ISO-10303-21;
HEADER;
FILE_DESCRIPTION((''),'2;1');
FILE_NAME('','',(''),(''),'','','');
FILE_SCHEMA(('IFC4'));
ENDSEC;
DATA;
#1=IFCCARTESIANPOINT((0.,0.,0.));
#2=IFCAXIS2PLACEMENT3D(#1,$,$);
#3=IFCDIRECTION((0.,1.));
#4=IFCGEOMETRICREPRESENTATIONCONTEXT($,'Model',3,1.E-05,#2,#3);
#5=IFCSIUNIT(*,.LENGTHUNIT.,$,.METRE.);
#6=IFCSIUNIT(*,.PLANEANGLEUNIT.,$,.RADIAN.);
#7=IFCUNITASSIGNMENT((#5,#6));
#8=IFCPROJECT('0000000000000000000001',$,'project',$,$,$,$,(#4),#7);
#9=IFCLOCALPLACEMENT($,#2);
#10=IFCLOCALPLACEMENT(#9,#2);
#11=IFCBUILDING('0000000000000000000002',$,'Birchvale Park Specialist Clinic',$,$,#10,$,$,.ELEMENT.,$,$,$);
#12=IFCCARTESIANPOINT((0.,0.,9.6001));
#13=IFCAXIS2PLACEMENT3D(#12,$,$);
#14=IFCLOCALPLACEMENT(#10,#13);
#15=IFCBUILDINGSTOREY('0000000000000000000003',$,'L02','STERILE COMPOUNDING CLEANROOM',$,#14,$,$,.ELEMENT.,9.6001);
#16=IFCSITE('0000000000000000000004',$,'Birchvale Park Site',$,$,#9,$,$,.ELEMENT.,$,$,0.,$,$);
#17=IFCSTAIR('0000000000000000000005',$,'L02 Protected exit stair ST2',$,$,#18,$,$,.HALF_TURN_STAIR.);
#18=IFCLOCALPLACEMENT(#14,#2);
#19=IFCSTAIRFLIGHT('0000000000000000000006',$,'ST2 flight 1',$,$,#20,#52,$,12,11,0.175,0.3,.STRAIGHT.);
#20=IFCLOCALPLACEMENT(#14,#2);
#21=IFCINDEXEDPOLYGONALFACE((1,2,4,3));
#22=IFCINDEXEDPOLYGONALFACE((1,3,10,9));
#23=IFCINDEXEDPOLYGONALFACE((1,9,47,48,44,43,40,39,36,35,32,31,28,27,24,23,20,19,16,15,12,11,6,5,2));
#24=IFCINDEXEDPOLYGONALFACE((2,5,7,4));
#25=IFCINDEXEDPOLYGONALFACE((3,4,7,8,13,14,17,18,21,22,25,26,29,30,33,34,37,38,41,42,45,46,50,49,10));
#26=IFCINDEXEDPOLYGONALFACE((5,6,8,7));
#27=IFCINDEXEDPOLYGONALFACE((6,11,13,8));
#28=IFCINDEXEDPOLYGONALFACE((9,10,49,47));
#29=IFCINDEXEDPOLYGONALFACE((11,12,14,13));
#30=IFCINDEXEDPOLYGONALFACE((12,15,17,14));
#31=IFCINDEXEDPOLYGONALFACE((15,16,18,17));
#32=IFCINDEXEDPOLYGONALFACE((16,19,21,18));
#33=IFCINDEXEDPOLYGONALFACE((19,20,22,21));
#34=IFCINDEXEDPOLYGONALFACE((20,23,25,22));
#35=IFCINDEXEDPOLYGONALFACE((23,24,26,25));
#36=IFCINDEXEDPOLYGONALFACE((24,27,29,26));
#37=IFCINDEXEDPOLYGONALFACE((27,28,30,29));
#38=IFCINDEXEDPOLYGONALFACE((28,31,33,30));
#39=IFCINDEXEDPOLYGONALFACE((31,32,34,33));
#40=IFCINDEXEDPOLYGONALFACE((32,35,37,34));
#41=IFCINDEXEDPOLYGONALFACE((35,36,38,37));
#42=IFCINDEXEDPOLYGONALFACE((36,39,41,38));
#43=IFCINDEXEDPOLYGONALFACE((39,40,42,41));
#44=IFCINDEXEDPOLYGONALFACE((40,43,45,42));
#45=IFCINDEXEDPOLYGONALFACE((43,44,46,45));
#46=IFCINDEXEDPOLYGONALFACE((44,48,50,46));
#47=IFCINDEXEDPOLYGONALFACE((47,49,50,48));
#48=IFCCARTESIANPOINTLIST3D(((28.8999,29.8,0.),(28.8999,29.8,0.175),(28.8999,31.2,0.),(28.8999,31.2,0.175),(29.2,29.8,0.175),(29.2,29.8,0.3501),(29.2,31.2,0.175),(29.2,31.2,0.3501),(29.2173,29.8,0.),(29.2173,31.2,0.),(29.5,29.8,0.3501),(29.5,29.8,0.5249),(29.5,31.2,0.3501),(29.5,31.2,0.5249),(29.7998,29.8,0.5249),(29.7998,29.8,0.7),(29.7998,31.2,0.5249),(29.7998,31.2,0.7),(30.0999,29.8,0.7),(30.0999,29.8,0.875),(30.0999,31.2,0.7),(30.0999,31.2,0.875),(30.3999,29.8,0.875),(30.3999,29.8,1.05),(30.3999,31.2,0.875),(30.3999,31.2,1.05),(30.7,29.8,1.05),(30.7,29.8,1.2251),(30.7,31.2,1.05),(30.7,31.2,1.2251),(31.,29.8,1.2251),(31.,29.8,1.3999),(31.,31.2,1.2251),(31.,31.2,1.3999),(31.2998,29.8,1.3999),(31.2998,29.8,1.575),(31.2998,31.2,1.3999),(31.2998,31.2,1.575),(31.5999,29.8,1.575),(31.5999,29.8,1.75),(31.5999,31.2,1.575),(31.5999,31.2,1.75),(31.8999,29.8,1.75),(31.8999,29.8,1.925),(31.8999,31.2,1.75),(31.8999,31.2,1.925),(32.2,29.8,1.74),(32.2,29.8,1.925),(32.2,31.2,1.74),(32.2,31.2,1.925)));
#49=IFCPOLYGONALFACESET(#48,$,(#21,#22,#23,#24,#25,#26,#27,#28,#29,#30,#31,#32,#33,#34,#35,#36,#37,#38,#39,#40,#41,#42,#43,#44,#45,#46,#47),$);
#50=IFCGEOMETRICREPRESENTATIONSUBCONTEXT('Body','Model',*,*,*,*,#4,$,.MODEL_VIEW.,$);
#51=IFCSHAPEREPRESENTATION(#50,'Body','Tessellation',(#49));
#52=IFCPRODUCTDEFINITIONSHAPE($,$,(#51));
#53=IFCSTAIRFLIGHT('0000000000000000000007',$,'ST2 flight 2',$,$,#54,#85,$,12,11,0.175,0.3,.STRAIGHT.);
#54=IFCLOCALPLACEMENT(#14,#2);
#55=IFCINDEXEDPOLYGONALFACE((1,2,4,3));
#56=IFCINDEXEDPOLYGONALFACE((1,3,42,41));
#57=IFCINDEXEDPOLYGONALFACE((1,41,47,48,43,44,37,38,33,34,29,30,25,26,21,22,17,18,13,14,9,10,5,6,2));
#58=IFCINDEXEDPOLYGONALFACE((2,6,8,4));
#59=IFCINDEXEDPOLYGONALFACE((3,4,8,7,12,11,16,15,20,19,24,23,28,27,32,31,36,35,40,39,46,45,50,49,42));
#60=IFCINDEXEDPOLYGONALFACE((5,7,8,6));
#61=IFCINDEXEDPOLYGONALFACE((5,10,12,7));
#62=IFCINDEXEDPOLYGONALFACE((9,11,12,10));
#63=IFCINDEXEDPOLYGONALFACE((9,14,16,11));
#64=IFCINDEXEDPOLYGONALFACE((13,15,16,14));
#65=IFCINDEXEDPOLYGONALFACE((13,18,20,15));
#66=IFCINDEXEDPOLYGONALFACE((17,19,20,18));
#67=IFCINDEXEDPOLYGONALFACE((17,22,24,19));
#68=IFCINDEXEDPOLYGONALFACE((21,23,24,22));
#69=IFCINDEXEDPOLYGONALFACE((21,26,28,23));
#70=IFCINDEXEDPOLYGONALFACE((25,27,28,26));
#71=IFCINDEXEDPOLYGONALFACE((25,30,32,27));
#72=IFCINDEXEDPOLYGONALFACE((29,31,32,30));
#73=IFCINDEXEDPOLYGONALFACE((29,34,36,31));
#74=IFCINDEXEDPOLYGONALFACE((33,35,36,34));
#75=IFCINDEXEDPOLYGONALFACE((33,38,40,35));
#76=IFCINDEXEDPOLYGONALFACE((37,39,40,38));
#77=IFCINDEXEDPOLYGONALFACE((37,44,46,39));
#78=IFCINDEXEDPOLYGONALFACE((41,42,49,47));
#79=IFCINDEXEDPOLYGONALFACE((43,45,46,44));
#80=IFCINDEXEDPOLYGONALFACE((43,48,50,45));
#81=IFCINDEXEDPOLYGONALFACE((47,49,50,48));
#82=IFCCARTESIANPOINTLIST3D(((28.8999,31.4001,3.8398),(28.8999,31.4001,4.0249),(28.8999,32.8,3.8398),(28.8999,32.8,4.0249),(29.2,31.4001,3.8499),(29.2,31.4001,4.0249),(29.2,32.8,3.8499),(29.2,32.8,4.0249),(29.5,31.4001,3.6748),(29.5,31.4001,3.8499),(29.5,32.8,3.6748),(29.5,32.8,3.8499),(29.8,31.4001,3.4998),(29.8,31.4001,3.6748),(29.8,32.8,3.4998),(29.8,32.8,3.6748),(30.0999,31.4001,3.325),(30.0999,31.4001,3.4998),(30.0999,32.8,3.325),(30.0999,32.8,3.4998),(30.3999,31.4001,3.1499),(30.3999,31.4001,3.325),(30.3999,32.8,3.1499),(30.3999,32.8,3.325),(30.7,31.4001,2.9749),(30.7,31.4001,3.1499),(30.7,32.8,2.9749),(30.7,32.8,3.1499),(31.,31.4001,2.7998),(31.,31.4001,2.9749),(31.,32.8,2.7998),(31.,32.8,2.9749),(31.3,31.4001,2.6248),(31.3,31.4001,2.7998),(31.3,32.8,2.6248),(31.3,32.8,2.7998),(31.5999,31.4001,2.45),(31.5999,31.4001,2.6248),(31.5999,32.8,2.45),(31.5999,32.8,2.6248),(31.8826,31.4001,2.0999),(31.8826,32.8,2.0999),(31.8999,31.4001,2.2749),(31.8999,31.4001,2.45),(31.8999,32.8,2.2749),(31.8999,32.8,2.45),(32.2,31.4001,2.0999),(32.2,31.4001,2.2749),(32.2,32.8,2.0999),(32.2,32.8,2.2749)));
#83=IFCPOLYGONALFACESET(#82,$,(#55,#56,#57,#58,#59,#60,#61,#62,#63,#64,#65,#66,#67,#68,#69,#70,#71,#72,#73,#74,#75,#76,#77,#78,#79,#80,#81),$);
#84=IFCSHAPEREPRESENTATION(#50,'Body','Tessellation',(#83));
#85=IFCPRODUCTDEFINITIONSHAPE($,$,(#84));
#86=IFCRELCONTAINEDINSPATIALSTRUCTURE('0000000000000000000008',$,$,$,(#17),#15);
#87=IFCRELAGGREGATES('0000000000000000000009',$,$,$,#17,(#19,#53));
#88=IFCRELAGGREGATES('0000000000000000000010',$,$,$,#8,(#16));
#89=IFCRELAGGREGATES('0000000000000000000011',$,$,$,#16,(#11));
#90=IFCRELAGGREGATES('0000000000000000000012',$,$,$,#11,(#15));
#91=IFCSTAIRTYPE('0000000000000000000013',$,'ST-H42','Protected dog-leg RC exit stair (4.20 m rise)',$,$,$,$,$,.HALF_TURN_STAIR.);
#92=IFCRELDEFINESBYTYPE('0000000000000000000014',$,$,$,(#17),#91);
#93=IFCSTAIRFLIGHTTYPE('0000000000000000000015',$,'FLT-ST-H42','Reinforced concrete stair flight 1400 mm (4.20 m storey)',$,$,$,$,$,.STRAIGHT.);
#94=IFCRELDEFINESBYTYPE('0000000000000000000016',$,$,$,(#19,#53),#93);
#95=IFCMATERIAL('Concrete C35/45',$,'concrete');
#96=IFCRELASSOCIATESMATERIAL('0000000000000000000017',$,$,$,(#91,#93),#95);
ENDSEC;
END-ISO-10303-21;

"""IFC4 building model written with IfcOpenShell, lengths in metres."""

from ifc_helpers import new_model, si_unit, direction, frame, origin, place, context, subcontext, project, spatial, polyline, outline, extrude, material, type_object, element, aggregate, save


model = new_model("IFC4")

# Units and contexts
model_context = context("Model", 3, precision=1e-05, world=origin(), true_north=direction((0.0, 1.0)))
body_context = subcontext(model_context, "Body", "Model", "MODEL_VIEW")
ifc_project = project(units=[si_unit("LENGTHUNIT", "METRE"), si_unit("PLANEANGLEUNIT", "RADIAN")], contexts=[model_context])

# Site, building, storey
site_placement = place(None, origin())
site = spatial("IfcSite", under=ifc_project, at=site_placement, Name="Birchvale Park Site", CompositionType="ELEMENT", RefElevation=0.0)
building_placement = place(site_placement, origin())
building = spatial("IfcBuilding", under=site, at=building_placement, Name="Birchvale Park Specialist Clinic", CompositionType="ELEMENT")
storey_placement = place(building_placement, frame((0.0, 0.0, 9.6001)))
storey = spatial("IfcBuildingStorey", under=building, at=storey_placement, Name="L02", Description="STERILE COMPOUNDING CLEANROOM", CompositionType="ELEMENT", Elevation=9.6001)

# Stair, stair flights
ifc_material_1 = material(Name="Concrete C35/45", Category="concrete")
stair_type = type_object("IfcStairType", Name="ST-H42", Description="Protected dog-leg RC exit stair (4.20 m rise)", PredefinedType="HALF_TURN_STAIR", material=ifc_material_1)
stair_placement = place(storey_placement, origin())
stair = element("IfcStair", 1, at=stair_placement, inside=storey, type_object=stair_type, Name="L02 Protected exit stair ST2", PredefinedType="HALF_TURN_STAIR")
stair_flight_type = type_object("IfcStairFlightType", Name="FLT-ST-H42", Description="Reinforced concrete stair flight 1400 mm (4.20 m storey)", PredefinedType="STRAIGHT", material=ifc_material_1)
stair_flight_1_placement = place(storey_placement, frame((28.8999, 30.5, 0.0), z_axis=(0.0, 0.0, 1.0), x_axis=(1.0, 0.0, 0.0)))
stair_flight_1 = element("IfcStairFlight", 2, at=stair_flight_1_placement, type_object=stair_flight_type, Name="ST2 flight 1", NumberOfRisers=12, NumberOfTreads=11, PredefinedType="STRAIGHT", RiserHeight=0.175, TreadLength=0.3, context=body_context, shape_type="SweptSolid", body=[
    extrude(outline(polyline([(0.0, 0.0), (0.0, 0.175), (0.3, 0.175), (0.3, 0.3501), (0.6001, 0.3501), (0.6001, 0.5249), (0.8999, 0.5249), (0.8999, 0.7), (1.2, 0.7), (1.2, 0.875), (1.5, 0.875), (1.5, 1.05), (1.8, 1.05), (1.8, 1.2251), (2.1001, 1.2251), (2.1001, 1.3999), (2.3999, 1.3999), (2.3999, 1.575), (2.7, 1.575), (2.7, 1.75), (3.0, 1.75), (3.0, 1.925), (3.3, 1.925), (3.3, 2.1001), (3.3, 1.74), (0.3174, 0.0), (0.0, 0.0)])), frame((0.0, 0.7, 0.0), z_axis=(0.0, -1.0, 0.0), x_axis=(1.0, 0.0, 0.0)), (0.0, 0.0, 1.0), 1.3999),
])
stair_flight_2_placement = place(storey_placement, frame((32.2, 32.1001, 2.0999), z_axis=(0.0, 0.0, 1.0), x_axis=(-1.0, 0.0, 0.0)))
stair_flight_2 = element("IfcStairFlight", 3, at=stair_flight_2_placement, type_object=stair_flight_type, Name="ST2 flight 2", NumberOfRisers=12, NumberOfTreads=11, PredefinedType="STRAIGHT", RiserHeight=0.175, TreadLength=0.3, context=body_context, shape_type="SweptSolid", body=[
    extrude(outline(polyline([(0.0, 0.0), (0.0, 0.175), (0.3, 0.175), (0.3, 0.3501), (0.6001, 0.3501), (0.6001, 0.5249), (0.8999, 0.5249), (0.8999, 0.7), (1.2, 0.7), (1.2, 0.875), (1.5, 0.875), (1.5, 1.05), (1.8, 1.05), (1.8, 1.2251), (2.1001, 1.2251), (2.1001, 1.3999), (2.3999, 1.3999), (2.3999, 1.575), (2.7, 1.575), (2.7, 1.75), (3.0, 1.75), (3.0, 1.925), (3.3, 1.925), (3.3, 2.1001), (3.3, 1.74), (0.3174, 0.0), (0.0, 0.0)])), frame((0.0, 0.7, 0.0), z_axis=(0.0, -1.0, 0.0), x_axis=(1.0, 0.0, 0.0)), (0.0, 0.0, 1.0), 1.3999),
])
aggregate(stair, [stair_flight_1, stair_flight_2])

save(model, "model.ifc")
